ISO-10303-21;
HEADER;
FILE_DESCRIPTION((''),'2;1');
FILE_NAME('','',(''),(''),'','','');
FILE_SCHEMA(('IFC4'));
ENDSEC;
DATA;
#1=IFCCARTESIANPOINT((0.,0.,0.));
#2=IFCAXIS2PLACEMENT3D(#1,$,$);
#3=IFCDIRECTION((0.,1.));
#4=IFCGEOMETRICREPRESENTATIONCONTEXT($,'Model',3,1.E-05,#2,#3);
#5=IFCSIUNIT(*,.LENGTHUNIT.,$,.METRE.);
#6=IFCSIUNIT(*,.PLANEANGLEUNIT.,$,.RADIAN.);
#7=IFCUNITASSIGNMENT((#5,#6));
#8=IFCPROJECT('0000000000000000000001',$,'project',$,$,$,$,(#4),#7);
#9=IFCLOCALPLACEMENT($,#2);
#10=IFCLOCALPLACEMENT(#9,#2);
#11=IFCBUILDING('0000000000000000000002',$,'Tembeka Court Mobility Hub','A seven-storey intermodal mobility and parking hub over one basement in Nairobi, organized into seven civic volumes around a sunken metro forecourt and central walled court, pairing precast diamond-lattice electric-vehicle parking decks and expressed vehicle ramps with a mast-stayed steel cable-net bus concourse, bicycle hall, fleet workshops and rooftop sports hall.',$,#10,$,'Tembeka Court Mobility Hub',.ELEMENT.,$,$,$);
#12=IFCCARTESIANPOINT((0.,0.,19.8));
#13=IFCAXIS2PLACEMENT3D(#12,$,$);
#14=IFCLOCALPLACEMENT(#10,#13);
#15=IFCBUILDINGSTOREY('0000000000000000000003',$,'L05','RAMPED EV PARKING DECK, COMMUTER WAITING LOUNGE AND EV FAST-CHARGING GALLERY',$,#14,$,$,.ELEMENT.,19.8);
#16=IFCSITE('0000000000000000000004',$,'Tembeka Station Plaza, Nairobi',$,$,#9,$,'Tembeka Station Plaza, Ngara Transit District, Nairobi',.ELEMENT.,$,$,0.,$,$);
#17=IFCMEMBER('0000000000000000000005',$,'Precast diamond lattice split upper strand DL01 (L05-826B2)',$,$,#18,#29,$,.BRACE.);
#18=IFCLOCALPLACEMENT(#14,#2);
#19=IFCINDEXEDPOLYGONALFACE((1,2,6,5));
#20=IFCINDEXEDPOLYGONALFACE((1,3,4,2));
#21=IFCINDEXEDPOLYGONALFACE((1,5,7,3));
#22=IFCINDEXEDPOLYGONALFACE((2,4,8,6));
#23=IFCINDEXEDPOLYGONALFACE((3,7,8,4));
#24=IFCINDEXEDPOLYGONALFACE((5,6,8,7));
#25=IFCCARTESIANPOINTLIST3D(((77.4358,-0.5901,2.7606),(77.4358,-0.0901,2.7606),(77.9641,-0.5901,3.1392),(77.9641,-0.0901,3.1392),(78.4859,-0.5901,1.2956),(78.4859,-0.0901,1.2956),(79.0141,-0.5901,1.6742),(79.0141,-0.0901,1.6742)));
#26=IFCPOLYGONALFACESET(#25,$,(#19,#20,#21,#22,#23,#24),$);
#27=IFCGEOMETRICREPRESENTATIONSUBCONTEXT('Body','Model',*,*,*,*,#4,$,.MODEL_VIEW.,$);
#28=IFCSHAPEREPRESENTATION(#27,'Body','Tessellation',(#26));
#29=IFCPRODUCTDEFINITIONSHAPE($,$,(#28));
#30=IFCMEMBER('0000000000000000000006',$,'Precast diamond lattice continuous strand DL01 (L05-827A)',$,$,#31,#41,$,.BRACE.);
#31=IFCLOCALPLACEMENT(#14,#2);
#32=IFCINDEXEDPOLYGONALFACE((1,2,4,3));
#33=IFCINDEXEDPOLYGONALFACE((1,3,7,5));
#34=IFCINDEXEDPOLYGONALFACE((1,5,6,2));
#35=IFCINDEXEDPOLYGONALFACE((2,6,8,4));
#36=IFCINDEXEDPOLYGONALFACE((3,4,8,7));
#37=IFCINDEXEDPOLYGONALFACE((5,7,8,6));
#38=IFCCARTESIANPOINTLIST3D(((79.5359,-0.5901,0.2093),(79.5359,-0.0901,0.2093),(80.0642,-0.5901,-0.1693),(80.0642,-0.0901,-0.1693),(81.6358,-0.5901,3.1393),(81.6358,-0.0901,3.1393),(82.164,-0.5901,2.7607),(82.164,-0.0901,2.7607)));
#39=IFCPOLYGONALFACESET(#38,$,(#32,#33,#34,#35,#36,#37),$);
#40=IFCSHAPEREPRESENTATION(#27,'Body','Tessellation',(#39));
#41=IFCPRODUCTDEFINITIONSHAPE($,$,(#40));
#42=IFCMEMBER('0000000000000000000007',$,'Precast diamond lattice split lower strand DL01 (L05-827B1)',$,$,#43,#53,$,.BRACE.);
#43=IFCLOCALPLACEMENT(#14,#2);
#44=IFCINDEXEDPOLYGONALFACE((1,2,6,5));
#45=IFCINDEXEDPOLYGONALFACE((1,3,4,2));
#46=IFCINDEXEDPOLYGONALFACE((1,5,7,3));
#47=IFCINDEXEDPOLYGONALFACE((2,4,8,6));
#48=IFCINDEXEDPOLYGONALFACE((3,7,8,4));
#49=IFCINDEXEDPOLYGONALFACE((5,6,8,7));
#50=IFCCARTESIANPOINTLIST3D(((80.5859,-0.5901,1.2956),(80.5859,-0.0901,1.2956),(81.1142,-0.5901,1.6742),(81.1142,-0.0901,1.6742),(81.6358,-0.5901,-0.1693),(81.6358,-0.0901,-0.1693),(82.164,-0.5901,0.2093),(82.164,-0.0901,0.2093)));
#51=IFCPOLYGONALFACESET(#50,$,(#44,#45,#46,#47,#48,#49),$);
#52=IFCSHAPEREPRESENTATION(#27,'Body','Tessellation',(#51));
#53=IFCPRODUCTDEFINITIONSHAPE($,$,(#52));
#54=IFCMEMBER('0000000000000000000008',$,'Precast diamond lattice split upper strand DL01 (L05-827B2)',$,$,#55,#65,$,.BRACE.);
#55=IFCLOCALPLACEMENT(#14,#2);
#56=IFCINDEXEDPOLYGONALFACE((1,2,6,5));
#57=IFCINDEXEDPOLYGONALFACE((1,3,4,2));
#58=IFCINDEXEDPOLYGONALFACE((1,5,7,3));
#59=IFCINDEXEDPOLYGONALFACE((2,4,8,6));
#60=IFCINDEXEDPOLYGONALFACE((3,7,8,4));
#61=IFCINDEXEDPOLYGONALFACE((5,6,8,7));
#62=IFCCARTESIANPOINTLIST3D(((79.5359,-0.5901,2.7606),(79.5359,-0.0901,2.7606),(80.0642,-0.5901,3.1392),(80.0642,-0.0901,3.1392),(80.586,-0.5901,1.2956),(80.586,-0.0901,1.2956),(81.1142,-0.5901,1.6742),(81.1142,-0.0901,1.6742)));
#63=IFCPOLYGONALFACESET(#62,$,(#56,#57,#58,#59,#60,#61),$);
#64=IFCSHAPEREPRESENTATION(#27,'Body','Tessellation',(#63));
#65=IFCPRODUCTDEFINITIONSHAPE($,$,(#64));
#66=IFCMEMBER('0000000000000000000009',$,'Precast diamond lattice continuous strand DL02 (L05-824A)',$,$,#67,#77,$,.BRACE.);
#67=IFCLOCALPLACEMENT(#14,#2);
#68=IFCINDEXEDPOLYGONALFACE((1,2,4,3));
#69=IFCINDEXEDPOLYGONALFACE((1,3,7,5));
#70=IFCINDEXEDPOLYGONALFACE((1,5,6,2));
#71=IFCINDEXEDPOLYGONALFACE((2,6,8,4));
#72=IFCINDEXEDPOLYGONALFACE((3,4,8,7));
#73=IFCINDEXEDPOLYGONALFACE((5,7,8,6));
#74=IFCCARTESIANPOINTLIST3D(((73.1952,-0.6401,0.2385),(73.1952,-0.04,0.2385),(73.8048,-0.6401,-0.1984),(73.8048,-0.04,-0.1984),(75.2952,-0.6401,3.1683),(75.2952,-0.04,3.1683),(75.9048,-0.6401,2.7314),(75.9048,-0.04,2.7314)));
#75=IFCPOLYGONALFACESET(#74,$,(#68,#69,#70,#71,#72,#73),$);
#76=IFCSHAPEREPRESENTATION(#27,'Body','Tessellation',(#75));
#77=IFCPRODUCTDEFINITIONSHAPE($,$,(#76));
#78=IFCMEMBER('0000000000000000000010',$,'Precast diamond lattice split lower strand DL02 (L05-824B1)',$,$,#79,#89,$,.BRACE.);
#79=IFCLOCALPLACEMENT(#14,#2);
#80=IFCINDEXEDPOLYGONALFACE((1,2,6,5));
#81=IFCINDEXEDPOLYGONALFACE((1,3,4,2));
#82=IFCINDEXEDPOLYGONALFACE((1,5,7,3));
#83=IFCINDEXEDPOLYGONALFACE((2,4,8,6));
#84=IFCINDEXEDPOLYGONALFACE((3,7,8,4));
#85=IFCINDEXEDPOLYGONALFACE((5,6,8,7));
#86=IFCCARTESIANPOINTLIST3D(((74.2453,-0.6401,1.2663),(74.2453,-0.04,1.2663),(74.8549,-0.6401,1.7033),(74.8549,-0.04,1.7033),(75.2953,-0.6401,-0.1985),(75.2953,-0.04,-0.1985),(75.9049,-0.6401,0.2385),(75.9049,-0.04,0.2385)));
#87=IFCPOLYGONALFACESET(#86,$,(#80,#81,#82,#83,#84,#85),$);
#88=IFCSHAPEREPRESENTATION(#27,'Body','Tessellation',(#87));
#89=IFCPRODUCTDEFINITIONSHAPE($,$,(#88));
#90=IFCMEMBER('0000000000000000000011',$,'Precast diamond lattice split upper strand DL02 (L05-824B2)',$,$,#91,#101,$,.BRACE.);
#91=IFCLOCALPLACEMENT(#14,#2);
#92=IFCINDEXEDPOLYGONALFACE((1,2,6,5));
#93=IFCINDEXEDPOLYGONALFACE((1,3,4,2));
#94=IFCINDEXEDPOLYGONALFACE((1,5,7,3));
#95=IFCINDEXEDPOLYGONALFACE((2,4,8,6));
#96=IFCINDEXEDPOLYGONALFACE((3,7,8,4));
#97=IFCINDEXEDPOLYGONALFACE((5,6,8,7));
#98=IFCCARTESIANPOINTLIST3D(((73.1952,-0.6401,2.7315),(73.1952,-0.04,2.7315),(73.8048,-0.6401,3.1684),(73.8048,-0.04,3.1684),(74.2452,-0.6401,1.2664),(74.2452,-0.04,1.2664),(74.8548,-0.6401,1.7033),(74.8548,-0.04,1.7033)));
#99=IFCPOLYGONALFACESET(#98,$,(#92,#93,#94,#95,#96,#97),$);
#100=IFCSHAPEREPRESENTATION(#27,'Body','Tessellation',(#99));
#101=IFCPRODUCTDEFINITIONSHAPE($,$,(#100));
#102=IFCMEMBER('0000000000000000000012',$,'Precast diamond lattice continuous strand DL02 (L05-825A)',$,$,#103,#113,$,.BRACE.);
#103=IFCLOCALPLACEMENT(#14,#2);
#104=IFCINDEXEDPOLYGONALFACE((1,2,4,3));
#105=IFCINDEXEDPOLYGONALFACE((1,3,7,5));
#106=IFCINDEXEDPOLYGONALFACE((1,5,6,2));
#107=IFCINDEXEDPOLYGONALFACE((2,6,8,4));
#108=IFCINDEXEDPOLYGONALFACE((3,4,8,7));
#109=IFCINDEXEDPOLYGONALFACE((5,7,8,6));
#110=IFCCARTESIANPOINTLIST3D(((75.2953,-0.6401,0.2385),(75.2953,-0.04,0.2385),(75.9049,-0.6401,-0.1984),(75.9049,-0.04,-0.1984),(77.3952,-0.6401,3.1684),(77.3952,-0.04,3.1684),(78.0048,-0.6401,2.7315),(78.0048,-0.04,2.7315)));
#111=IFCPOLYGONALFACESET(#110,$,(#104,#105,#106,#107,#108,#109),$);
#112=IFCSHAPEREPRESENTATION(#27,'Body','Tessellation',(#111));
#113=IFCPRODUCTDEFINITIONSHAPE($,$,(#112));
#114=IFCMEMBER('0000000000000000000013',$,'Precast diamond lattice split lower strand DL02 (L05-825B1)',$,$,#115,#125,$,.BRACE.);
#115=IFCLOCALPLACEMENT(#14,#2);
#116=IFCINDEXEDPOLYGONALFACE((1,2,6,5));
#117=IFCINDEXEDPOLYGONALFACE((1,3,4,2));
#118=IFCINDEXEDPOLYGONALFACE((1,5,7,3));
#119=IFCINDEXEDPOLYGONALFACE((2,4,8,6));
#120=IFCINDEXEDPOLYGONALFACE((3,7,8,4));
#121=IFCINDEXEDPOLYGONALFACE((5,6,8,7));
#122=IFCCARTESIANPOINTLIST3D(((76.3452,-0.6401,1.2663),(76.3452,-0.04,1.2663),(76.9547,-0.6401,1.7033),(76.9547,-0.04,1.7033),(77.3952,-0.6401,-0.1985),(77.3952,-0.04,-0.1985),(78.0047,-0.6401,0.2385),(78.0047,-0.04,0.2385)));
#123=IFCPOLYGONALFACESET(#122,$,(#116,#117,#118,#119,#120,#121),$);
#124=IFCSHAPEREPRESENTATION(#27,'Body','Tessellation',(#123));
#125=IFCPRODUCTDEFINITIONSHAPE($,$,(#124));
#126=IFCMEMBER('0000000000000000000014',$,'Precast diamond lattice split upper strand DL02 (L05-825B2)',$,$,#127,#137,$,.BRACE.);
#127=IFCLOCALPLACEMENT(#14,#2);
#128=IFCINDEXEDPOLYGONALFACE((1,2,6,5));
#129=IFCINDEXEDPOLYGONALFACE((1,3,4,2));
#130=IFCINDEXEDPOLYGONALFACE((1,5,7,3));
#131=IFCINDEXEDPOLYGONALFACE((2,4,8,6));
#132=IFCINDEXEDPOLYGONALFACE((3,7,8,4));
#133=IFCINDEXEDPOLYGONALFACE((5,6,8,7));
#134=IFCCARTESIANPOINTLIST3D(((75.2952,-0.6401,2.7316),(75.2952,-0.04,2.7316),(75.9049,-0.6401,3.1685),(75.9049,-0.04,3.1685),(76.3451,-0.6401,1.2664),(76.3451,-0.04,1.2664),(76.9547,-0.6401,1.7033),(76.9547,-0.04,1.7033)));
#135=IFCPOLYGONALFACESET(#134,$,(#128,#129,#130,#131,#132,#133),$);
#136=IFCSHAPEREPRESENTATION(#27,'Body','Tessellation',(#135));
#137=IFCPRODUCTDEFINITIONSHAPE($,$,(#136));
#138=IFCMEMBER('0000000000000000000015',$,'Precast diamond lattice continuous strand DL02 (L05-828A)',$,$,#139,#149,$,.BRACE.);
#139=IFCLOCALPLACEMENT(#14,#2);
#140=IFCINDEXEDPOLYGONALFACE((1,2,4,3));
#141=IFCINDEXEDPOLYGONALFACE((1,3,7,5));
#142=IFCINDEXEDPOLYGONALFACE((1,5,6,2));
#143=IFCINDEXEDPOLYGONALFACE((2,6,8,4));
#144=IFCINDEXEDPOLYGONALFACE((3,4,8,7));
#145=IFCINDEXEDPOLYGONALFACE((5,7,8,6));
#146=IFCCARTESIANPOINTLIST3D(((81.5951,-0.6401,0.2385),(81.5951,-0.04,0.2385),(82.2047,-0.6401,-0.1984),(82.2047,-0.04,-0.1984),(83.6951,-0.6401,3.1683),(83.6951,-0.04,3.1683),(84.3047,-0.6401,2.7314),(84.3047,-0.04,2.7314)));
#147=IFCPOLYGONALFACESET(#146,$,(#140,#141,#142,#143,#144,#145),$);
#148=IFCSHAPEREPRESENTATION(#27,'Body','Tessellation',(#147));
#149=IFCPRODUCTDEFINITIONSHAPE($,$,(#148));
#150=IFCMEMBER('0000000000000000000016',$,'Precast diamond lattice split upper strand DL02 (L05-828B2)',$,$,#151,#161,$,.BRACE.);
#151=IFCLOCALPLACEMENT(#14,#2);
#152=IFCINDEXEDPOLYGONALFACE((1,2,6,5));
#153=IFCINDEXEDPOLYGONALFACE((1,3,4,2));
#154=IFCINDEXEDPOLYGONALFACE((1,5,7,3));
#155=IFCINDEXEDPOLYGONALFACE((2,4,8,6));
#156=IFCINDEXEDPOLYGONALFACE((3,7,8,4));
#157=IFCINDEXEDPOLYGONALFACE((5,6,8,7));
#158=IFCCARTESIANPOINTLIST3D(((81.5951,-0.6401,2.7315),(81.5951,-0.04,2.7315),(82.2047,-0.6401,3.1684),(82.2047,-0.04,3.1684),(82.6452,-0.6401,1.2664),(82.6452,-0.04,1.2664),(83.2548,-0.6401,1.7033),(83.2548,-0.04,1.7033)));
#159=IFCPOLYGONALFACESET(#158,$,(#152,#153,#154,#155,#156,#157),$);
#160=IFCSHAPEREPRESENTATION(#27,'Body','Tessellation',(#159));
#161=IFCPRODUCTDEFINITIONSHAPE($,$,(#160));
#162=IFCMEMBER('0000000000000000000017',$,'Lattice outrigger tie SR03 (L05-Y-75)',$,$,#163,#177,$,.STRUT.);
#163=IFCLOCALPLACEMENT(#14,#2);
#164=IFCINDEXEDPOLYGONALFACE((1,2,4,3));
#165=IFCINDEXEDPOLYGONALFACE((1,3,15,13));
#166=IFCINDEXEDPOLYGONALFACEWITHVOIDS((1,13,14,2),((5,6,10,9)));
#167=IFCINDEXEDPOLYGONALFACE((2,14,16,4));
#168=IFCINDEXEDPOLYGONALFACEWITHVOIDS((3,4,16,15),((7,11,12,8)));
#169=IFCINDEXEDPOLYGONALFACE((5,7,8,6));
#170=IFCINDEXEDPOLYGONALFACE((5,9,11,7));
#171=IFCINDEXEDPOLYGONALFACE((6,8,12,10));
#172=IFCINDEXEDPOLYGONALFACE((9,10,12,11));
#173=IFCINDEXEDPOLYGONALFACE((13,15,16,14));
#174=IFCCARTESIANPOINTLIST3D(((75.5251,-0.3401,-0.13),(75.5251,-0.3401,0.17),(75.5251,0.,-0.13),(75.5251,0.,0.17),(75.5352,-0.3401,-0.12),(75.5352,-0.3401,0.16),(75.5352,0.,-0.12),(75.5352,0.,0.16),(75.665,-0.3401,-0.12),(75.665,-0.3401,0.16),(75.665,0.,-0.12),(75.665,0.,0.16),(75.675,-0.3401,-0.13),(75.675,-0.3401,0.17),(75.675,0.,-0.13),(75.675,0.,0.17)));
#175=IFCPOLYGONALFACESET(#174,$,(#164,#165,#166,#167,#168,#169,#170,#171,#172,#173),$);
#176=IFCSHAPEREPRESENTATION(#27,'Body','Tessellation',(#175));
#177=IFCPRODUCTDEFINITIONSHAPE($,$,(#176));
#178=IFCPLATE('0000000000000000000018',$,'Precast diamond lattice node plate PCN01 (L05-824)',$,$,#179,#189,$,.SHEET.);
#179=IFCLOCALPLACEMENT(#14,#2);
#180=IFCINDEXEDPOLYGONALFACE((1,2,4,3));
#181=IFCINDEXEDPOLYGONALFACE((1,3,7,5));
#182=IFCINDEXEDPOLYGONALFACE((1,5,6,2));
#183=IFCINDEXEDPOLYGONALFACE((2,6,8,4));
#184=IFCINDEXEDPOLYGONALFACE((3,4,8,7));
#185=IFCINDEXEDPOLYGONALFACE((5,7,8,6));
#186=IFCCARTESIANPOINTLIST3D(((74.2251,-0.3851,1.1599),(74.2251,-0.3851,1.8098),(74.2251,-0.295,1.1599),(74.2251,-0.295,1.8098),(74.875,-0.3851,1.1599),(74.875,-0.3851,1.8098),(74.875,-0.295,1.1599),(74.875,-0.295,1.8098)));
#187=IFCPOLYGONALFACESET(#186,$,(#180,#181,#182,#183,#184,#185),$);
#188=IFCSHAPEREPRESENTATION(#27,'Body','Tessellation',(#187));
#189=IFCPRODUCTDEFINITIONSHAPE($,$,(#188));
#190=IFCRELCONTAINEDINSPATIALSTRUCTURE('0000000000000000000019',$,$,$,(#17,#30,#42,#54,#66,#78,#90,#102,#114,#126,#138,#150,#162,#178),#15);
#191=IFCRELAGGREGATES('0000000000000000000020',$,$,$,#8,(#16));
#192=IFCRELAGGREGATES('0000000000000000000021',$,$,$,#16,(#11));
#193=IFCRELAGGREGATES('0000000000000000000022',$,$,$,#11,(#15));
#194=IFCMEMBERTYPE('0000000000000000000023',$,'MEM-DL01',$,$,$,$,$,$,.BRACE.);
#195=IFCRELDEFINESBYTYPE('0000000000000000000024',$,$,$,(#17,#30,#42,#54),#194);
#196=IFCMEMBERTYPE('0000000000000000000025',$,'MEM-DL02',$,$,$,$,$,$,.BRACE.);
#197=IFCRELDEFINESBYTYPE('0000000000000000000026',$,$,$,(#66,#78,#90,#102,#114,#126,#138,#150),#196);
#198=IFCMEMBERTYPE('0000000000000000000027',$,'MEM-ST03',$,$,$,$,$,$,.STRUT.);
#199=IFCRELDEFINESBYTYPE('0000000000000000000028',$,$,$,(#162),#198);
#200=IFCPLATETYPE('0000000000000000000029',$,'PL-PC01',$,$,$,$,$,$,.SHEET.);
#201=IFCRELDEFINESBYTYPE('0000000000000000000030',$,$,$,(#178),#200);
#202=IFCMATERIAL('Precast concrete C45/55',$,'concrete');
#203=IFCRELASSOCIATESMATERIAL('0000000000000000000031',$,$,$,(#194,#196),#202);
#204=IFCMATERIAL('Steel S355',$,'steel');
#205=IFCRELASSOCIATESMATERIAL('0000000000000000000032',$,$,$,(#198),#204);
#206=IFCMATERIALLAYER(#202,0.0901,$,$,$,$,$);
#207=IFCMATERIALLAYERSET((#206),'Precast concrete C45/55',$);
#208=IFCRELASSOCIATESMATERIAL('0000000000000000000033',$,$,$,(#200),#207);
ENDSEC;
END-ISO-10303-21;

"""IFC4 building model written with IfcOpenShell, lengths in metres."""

from ifc_helpers import new_model, si_unit, direction, frame, origin, origin_2d, place, context, subcontext, project, spatial, rectangle, hollow_rectangle, extrude, material, layer, layer_set, material_profile, profile_set, type_object, element, save


model = new_model("IFC4")

# Units and contexts
model_context = context("Model", 3, precision=1e-05, world=origin(), true_north=direction((0.0, 1.0)))
body_context = subcontext(model_context, "Body", "Model", "MODEL_VIEW")
ifc_project = project(units=[si_unit("LENGTHUNIT", "METRE"), si_unit("PLANEANGLEUNIT", "RADIAN")], contexts=[model_context])

# Site, building, storey
site_placement = place(None, origin())
site = spatial("IfcSite", under=ifc_project, at=site_placement, Name="Tembeka Station Plaza, Nairobi", LongName="Tembeka Station Plaza, Ngara Transit District, Nairobi", CompositionType="ELEMENT", RefElevation=0.0)
building_placement = place(site_placement, origin())
building = spatial("IfcBuilding", under=site, at=building_placement, Name="Tembeka Court Mobility Hub", Description="A seven-storey intermodal mobility and parking hub over one basement in Nairobi, organized into seven civic volumes around a sunken metro forecourt and central walled court, pairing precast diamond-lattice electric-vehicle parking decks and expressed vehicle ramps with a mast-stayed steel cable-net bus concourse, bicycle hall, fleet workshops and rooftop sports hall.", LongName="Tembeka Court Mobility Hub", CompositionType="ELEMENT")
storey_placement = place(building_placement, frame((0.0, 0.0, 19.8)))
storey = spatial("IfcBuildingStorey", under=building, at=storey_placement, Name="L05", Description="RAMPED EV PARKING DECK, COMMUTER WAITING LOUNGE AND EV FAST-CHARGING GALLERY", CompositionType="ELEMENT", Elevation=19.8)

# Shared definitions
ifc_material_1 = material(Name="Steel S355", Category="steel")

# Shared definitions
ifc_material_2 = material(Name="Precast concrete C45/55", Category="concrete")

# Members
ifc_material_profile_1 = material_profile(ifc_material_2, rectangle(XDim=0.5, YDim=0.6499, at=origin_2d()), Name="PC-DIAG 500x650")
ifc_profile_set_1 = profile_set([ifc_material_profile_1], Name="Precast concrete C45/55")
member_type_1 = type_object("IfcMemberType", Name="MEM-DL01", PredefinedType="BRACE", material=ifc_profile_set_1)
member_1_placement = place(storey_placement, frame((78.75, -0.3401, 1.4849), z_axis=(-0.582544, 0.0, 0.812799), x_axis=(0.0, -1.0, 0.0)))
element("IfcMember", 1, at=member_1_placement, inside=storey, type_object=member_type_1, Name="Precast diamond lattice split upper strand DL01 (L05-826B2)", PredefinedType="BRACE", context=body_context, shape_type="SweptSolid", body=[
    extrude(rectangle(XDim=0.5, YDim=0.6499, at=origin_2d()), origin(), (0.0, 0.0, 1.0), 1.8025),
])
member_2_placement = place(storey_placement, frame((79.8, -0.3401, 0.02), z_axis=(0.582532, 0.0, 0.812808), x_axis=(0.0, 1.0, 0.0)))
element("IfcMember", 2, at=member_2_placement, inside=storey, type_object=member_type_1, Name="Precast diamond lattice continuous strand DL01 (L05-827A)", PredefinedType="BRACE", context=body_context, shape_type="SweptSolid", body=[
    extrude(rectangle(XDim=0.5, YDim=0.6499, at=origin_2d()), origin(), (0.0, 0.0, 1.0), 3.6047),
])
member_3_placement = place(storey_placement, frame((81.8999, -0.3401, 0.02), z_axis=(-0.582519, 0.0, 0.812817), x_axis=(0.0, -1.0, 0.0)))
element("IfcMember", 3, at=member_3_placement, inside=storey, type_object=member_type_1, Name="Precast diamond lattice split lower strand DL01 (L05-827B1)", PredefinedType="BRACE", context=body_context, shape_type="SweptSolid", body=[
    extrude(rectangle(XDim=0.5, YDim=0.6499, at=origin_2d()), origin(), (0.0, 0.0, 1.0), 1.8022),
])
member_4_placement = place(storey_placement, frame((80.8501, -0.3401, 1.4849), z_axis=(-0.582544, 0.0, 0.812799), x_axis=(0.0, -1.0, 0.0)))
element("IfcMember", 4, at=member_4_placement, inside=storey, type_object=member_type_1, Name="Precast diamond lattice split upper strand DL01 (L05-827B2)", PredefinedType="BRACE", context=body_context, shape_type="SweptSolid", body=[
    extrude(rectangle(XDim=0.5, YDim=0.6499, at=origin_2d()), origin(), (0.0, 0.0, 1.0), 1.8025),
])
ifc_material_profile_2 = material_profile(ifc_material_2, rectangle(XDim=0.6001, YDim=0.75, at=origin_2d()), Name="PC-DIAG 600x750")
ifc_profile_set_2 = profile_set([ifc_material_profile_2], Name="Precast concrete C45/55")
member_type_2 = type_object("IfcMemberType", Name="MEM-DL02", PredefinedType="BRACE", material=ifc_profile_set_2)
member_5_placement = place(storey_placement, frame((73.5, -0.3401, 0.02), z_axis=(0.582576, 0.0, 0.812776), x_axis=(0.0, 1.0, 0.0)))
element("IfcMember", 5, at=member_5_placement, inside=storey, type_object=member_type_2, Name="Precast diamond lattice continuous strand DL02 (L05-824A)", PredefinedType="BRACE", context=body_context, shape_type="SweptSolid", body=[
    extrude(rectangle(XDim=0.6001, YDim=0.75, at=origin_2d()), origin(), (0.0, 0.0, 1.0), 3.6047),
])
member_6_placement = place(storey_placement, frame((75.6001, -0.3401, 0.02), z_axis=(-0.582608, 0.0, 0.812753), x_axis=(0.0, -1.0, 0.0)))
element("IfcMember", 6, at=member_6_placement, inside=storey, type_object=member_type_2, Name="Precast diamond lattice split lower strand DL02 (L05-824B1)", PredefinedType="BRACE", context=body_context, shape_type="SweptSolid", body=[
    extrude(rectangle(XDim=0.6001, YDim=0.75, at=origin_2d()), origin(), (0.0, 0.0, 1.0), 1.8022),
])
member_7_placement = place(storey_placement, frame((74.55, -0.3401, 1.4849), z_axis=(-0.582544, 0.0, 0.812799), x_axis=(0.0, -1.0, 0.0)))
element("IfcMember", 7, at=member_7_placement, inside=storey, type_object=member_type_2, Name="Precast diamond lattice split upper strand DL02 (L05-824B2)", PredefinedType="BRACE", context=body_context, shape_type="SweptSolid", body=[
    extrude(rectangle(XDim=0.6001, YDim=0.75, at=origin_2d()), origin(), (0.0, 0.0, 1.0), 1.8025),
])
member_8_placement = place(storey_placement, frame((75.6001, -0.3401, 0.02), z_axis=(0.582532, 0.0, 0.812808), x_axis=(0.0, 1.0, 0.0)))
element("IfcMember", 8, at=member_8_placement, inside=storey, type_object=member_type_2, Name="Precast diamond lattice continuous strand DL02 (L05-825A)", PredefinedType="BRACE", context=body_context, shape_type="SweptSolid", body=[
    extrude(rectangle(XDim=0.6001, YDim=0.75, at=origin_2d()), origin(), (0.0, 0.0, 1.0), 3.6047),
])
member_9_placement = place(storey_placement, frame((77.7, -0.3401, 0.02), z_axis=(-0.582608, 0.0, 0.812753), x_axis=(0.0, -1.0, 0.0)))
element("IfcMember", 9, at=member_9_placement, inside=storey, type_object=member_type_2, Name="Precast diamond lattice split lower strand DL02 (L05-825B1)", PredefinedType="BRACE", context=body_context, shape_type="SweptSolid", body=[
    extrude(rectangle(XDim=0.6001, YDim=0.75, at=origin_2d()), origin(), (0.0, 0.0, 1.0), 1.8022),
])
member_10_placement = place(storey_placement, frame((76.6499, -0.3401, 1.4849), z_axis=(-0.582455, 0.0, 0.812863), x_axis=(0.0, -1.0, 0.0)))
element("IfcMember", 10, at=member_10_placement, inside=storey, type_object=member_type_2, Name="Precast diamond lattice split upper strand DL02 (L05-825B2)", PredefinedType="BRACE", context=body_context, shape_type="SweptSolid", body=[
    extrude(rectangle(XDim=0.6001, YDim=0.75, at=origin_2d()), origin(), (0.0, 0.0, 1.0), 1.8025),
])
member_11_placement = place(storey_placement, frame((81.8999, -0.3401, 0.02), z_axis=(0.582576, 0.0, 0.812776), x_axis=(0.0, 1.0, 0.0)))
element("IfcMember", 11, at=member_11_placement, inside=storey, type_object=member_type_2, Name="Precast diamond lattice continuous strand DL02 (L05-828A)", PredefinedType="BRACE", context=body_context, shape_type="SweptSolid", body=[
    extrude(rectangle(XDim=0.6001, YDim=0.75, at=origin_2d()), origin(), (0.0, 0.0, 1.0), 3.6047),
])
member_12_placement = place(storey_placement, frame((82.95, -0.3401, 1.4849), z_axis=(-0.582544, 0.0, 0.812799), x_axis=(0.0, -1.0, 0.0)))
element("IfcMember", 12, at=member_12_placement, inside=storey, type_object=member_type_2, Name="Precast diamond lattice split upper strand DL02 (L05-828B2)", PredefinedType="BRACE", context=body_context, shape_type="SweptSolid", body=[
    extrude(rectangle(XDim=0.6001, YDim=0.75, at=origin_2d()), origin(), (0.0, 0.0, 1.0), 1.8025),
])
ifc_material_profile_3 = material_profile(ifc_material_1, hollow_rectangle(XDim=0.1499, YDim=0.3, WallThickness=0.01, at=origin_2d()), Name="RHS 300x150x10")
ifc_profile_set_3 = profile_set([ifc_material_profile_3], Name="Steel S355")
member_type_3 = type_object("IfcMemberType", Name="MEM-ST03", PredefinedType="STRUT", material=ifc_profile_set_3)
member_13_placement = place(storey_placement, frame((75.6001, 0.0, 0.02), z_axis=(0.0, -1.0, 0.0), x_axis=(1.0, 0.0, 0.0)))
element("IfcMember", 13, at=member_13_placement, inside=storey, type_object=member_type_3, Name="Lattice outrigger tie SR03 (L05-Y-75)", PredefinedType="STRUT", context=body_context, shape_type="SweptSolid", body=[
    extrude(hollow_rectangle(XDim=0.1499, YDim=0.3, WallThickness=0.01, at=origin_2d()), origin(), (0.0, 0.0, 1.0), 0.3401),
])

# Plate
ifc_layer = layer(ifc_material_2, 0.0901)
ifc_layer_set = layer_set([ifc_layer], Name="Precast concrete C45/55")
plate_type = type_object("IfcPlateType", Name="PL-PC01", PredefinedType="SHEET", material=ifc_layer_set)
for number, where, z_axis, x_axis, name in (
    (14, (74.55, -0.3401, 1.1599), (0.0, 0.0, 1.0), (1.0, 0.0, 0.0), "Precast diamond lattice node plate PCN01 (L05-824)"),
):
    element("IfcPlate", number, at=place(storey_placement, frame(where, z_axis=z_axis, x_axis=x_axis)), inside=storey, type_object=plate_type, Name=name, PredefinedType="SHEET", context=body_context, shape_type="SweptSolid", body=[
        extrude(rectangle(XDim=0.6499, YDim=0.0901, at=origin_2d()), origin(), (0.0, 0.0, 1.0), 0.6499),
    ])

save(model, "model.ifc")
